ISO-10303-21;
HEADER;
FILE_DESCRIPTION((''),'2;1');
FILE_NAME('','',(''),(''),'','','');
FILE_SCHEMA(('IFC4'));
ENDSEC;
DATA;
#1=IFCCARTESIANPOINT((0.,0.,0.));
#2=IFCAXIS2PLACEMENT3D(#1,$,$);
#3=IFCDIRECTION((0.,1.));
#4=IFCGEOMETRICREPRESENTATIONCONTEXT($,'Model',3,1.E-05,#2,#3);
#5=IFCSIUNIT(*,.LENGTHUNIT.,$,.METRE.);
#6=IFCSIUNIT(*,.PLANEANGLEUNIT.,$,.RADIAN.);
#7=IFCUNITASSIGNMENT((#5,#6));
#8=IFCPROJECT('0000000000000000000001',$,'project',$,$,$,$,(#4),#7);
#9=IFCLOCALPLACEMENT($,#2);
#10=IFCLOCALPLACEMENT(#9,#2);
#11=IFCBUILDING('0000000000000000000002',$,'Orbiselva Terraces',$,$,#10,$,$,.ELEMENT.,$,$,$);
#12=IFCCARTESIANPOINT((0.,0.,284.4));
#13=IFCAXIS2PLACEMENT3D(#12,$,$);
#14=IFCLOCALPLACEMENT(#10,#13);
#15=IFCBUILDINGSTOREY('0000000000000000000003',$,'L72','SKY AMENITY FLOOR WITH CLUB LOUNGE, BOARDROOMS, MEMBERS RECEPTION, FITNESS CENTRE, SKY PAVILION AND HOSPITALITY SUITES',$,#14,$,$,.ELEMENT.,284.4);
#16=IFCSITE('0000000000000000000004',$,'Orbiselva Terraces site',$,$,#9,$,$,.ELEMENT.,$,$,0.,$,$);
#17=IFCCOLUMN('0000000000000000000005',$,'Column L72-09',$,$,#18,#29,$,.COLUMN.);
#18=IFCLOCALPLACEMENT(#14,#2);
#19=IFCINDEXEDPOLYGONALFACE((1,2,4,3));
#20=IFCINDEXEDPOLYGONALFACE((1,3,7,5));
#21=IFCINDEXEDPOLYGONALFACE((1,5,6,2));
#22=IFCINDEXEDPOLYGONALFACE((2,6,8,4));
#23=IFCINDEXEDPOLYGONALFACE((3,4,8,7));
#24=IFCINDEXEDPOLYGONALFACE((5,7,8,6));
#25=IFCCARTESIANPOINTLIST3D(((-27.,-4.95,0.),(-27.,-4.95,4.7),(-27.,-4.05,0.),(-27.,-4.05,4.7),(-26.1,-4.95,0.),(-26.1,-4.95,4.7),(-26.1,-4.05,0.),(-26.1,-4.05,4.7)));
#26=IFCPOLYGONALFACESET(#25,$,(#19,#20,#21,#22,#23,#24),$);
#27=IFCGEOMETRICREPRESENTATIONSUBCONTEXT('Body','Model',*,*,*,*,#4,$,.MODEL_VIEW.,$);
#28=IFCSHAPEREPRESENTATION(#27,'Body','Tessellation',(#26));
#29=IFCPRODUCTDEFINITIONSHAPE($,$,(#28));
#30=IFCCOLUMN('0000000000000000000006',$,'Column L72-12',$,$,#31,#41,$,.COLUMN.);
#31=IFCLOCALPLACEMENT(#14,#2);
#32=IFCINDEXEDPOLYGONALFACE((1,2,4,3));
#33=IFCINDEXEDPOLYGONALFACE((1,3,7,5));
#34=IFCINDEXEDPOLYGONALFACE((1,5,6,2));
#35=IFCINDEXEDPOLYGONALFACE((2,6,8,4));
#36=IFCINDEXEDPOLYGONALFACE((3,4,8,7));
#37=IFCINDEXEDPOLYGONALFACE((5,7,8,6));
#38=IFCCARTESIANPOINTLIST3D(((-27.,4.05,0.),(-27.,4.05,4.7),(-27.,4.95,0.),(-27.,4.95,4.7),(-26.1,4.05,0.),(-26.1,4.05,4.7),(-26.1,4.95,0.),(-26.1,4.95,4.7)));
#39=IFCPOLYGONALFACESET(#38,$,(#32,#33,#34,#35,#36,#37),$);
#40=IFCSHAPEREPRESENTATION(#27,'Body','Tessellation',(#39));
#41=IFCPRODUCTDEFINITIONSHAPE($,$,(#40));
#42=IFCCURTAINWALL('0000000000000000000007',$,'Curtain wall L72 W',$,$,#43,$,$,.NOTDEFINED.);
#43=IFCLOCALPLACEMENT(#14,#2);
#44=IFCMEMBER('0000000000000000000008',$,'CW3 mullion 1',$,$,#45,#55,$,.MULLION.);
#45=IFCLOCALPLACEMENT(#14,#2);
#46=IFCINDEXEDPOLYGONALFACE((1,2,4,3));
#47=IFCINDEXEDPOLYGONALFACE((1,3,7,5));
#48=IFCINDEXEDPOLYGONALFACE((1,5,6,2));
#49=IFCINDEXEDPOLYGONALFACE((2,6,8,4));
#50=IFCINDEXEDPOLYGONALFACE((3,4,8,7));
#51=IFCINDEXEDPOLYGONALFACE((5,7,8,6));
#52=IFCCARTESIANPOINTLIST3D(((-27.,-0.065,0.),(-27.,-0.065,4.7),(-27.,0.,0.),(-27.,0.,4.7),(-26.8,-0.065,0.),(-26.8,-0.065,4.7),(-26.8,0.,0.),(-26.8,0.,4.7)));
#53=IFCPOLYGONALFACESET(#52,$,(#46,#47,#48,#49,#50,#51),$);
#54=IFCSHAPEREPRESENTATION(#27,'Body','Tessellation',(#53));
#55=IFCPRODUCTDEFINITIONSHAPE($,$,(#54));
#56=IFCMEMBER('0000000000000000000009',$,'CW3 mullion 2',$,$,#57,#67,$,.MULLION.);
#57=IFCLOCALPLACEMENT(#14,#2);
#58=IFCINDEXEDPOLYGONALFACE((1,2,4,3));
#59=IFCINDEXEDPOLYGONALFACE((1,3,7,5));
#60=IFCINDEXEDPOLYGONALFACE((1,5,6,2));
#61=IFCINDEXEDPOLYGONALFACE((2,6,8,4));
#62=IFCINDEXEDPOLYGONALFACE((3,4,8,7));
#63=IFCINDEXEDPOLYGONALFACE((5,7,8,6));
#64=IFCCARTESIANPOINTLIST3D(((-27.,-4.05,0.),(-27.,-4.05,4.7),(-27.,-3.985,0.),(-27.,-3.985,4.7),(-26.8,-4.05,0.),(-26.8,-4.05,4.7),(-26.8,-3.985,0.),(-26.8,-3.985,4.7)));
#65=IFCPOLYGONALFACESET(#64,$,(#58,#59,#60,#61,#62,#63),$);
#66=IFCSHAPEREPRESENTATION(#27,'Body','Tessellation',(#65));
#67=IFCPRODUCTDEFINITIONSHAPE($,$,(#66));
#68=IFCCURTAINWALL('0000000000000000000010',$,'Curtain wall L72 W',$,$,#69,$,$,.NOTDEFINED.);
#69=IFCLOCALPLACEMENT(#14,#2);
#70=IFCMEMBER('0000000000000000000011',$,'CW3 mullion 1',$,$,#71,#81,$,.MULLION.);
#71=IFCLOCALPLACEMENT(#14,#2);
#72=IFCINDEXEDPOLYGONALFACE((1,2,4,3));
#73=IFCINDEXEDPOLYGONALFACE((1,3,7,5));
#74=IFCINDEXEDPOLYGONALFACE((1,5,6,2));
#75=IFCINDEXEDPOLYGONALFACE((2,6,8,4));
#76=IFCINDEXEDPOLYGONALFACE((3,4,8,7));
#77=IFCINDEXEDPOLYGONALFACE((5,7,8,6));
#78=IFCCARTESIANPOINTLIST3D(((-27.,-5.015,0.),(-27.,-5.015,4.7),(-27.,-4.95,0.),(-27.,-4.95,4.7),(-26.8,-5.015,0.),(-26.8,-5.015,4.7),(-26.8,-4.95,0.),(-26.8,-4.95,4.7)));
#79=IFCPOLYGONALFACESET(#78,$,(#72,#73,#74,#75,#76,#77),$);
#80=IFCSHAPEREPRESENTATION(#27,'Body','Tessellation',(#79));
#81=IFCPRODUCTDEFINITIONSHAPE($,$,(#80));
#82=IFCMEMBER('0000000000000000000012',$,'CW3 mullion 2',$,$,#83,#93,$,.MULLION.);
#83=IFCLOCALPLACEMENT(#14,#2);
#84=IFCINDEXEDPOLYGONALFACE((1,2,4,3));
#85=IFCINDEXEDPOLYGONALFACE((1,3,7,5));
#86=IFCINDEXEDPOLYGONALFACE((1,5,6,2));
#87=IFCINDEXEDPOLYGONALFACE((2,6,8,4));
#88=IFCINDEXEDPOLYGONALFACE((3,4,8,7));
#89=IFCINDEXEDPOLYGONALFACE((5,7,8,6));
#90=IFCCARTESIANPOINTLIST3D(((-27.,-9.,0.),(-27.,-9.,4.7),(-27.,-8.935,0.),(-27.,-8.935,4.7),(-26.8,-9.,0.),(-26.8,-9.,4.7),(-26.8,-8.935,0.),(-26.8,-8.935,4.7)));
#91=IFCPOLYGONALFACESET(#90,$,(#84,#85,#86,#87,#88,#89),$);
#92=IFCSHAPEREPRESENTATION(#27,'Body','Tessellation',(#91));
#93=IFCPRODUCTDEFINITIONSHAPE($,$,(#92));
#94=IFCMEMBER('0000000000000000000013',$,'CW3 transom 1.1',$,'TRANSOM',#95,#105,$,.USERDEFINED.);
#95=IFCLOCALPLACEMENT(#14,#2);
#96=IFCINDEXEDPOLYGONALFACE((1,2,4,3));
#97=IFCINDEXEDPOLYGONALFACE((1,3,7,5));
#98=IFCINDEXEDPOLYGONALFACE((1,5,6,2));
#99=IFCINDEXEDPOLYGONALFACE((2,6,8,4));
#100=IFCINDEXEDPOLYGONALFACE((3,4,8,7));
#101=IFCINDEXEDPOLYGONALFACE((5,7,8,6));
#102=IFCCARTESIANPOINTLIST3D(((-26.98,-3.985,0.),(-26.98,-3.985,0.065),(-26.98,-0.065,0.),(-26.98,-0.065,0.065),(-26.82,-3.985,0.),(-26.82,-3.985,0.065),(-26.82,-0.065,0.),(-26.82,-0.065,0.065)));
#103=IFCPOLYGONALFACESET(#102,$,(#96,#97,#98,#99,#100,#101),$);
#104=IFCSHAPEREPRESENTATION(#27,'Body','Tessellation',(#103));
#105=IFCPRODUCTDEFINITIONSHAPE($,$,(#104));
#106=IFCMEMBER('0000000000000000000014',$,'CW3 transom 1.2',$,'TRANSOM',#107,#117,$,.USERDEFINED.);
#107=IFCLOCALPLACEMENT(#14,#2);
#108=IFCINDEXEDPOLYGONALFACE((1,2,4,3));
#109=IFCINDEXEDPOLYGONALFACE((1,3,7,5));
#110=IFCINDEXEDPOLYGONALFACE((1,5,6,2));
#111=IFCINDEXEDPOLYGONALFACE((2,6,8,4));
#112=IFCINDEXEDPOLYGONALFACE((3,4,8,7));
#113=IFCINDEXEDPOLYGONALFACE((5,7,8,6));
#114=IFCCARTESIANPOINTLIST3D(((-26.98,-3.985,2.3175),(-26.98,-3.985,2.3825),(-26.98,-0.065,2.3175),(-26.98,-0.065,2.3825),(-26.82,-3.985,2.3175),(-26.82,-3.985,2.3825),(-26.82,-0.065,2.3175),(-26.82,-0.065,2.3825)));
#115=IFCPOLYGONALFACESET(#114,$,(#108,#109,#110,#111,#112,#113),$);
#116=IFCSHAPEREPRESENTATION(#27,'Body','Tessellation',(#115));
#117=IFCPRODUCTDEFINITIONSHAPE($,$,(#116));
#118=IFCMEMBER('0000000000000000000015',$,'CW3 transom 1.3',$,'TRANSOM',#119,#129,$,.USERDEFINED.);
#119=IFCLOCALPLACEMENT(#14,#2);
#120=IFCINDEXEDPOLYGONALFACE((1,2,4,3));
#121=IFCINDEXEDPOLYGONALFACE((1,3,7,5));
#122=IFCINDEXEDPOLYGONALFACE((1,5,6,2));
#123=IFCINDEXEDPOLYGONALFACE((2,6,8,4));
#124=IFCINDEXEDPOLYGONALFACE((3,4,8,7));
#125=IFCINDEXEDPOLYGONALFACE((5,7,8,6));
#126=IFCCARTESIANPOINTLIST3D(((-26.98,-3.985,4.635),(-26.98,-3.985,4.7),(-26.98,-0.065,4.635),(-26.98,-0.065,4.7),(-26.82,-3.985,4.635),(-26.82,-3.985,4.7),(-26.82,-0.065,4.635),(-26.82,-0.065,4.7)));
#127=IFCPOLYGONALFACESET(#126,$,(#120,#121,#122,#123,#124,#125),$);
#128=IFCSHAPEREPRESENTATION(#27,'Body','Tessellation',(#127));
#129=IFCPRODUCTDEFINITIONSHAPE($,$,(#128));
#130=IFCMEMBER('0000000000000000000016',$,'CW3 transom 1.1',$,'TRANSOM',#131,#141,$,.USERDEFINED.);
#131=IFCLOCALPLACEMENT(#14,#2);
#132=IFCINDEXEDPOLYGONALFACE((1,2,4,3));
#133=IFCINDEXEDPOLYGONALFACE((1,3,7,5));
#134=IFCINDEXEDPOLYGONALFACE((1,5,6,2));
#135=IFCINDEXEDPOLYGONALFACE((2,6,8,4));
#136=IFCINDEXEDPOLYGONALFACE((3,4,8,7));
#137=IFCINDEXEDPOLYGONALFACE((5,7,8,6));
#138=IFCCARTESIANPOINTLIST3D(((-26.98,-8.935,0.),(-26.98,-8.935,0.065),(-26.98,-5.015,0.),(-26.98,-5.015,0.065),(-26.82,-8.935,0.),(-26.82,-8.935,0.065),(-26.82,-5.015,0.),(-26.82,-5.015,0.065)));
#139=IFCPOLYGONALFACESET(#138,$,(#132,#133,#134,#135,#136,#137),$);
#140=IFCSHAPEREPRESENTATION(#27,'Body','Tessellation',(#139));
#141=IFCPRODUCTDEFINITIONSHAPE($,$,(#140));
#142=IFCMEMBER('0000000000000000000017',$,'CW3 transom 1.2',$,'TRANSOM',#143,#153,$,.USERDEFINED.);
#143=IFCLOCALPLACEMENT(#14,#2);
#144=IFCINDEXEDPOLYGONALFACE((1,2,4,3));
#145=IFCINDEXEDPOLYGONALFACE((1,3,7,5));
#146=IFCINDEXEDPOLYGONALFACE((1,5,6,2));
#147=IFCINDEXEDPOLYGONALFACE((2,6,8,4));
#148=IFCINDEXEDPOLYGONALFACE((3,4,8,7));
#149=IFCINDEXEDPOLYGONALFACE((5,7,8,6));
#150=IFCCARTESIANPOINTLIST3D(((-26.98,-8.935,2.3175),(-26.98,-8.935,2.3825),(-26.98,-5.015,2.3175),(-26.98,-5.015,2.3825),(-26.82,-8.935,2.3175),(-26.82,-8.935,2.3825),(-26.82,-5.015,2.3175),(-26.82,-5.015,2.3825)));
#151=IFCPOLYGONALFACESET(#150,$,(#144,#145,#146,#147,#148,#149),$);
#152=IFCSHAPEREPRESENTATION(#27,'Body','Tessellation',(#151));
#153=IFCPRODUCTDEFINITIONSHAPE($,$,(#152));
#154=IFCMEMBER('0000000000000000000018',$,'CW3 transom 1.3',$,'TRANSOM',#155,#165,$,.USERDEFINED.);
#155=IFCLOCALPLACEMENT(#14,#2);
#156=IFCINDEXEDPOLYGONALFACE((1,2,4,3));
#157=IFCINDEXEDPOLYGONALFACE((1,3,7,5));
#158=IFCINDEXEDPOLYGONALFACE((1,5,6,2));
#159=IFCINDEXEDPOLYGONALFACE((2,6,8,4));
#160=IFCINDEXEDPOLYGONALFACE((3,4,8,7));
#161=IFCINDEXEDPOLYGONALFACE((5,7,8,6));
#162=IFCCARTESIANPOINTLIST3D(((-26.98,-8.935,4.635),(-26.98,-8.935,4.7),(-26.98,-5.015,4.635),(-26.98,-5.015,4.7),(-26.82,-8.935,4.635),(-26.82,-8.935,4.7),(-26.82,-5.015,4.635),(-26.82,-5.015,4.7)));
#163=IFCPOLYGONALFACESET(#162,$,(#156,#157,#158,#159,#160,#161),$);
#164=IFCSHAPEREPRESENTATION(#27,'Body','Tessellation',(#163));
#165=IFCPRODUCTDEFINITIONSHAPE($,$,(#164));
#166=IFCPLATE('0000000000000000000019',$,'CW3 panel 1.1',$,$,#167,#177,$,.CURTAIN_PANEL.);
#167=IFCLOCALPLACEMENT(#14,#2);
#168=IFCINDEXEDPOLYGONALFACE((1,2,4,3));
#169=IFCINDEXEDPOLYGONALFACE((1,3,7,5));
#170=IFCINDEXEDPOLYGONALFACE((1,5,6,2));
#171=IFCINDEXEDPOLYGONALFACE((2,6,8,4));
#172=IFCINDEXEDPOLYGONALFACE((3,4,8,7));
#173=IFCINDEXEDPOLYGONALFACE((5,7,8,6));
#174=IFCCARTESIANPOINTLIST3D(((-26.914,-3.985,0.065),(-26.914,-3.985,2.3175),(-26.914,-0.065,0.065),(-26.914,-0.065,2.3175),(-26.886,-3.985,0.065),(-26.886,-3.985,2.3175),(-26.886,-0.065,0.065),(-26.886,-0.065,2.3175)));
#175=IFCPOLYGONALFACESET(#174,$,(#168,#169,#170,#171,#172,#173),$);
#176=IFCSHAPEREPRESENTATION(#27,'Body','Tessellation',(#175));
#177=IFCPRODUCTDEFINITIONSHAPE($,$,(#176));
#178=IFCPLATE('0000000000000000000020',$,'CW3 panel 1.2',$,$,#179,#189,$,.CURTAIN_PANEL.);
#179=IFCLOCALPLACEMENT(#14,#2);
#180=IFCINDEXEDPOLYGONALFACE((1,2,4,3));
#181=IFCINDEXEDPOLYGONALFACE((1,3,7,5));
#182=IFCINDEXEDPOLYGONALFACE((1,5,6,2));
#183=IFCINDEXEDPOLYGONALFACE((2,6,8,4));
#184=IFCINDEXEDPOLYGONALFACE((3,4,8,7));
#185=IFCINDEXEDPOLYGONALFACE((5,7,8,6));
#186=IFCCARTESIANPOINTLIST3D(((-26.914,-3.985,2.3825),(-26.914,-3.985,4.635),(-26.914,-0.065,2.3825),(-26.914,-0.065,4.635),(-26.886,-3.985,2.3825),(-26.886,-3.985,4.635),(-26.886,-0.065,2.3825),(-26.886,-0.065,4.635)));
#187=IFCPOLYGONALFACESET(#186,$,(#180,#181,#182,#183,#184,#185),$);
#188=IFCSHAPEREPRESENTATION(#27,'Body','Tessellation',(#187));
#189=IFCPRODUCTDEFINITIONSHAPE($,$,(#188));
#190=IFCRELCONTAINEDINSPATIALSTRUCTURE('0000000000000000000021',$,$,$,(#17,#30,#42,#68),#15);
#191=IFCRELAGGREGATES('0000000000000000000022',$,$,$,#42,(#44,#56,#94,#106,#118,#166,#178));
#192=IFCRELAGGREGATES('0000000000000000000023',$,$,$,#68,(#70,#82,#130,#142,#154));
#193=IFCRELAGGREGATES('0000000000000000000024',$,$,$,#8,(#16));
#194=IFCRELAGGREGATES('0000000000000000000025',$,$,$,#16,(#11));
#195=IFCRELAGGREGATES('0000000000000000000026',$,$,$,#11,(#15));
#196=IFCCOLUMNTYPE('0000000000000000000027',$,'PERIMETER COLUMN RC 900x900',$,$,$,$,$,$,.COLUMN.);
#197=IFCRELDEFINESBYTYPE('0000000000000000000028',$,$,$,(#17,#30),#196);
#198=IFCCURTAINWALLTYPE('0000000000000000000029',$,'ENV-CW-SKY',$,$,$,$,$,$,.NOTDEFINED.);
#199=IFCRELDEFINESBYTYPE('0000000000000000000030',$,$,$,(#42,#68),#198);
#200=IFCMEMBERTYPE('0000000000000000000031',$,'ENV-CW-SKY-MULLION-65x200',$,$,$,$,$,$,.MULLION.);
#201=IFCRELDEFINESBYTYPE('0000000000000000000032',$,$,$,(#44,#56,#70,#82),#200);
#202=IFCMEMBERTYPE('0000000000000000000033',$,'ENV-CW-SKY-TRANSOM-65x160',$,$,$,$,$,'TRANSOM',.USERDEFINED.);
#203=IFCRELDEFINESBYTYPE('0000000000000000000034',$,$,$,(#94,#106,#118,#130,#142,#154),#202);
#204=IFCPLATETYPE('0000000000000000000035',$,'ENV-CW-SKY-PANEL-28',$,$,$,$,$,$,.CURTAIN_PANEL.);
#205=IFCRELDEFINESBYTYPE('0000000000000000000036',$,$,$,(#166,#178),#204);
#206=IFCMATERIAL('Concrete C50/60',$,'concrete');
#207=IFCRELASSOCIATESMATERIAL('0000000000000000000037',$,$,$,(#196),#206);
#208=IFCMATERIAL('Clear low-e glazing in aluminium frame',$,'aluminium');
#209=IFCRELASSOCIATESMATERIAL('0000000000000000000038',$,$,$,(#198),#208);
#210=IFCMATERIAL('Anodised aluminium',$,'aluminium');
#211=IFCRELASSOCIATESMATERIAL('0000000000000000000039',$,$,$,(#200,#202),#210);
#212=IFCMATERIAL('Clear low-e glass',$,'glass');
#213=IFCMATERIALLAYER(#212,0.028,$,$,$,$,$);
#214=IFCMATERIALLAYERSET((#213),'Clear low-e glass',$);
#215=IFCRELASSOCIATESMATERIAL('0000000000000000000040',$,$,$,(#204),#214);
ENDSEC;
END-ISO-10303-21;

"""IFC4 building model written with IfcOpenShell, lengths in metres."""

from ifc_helpers import new_model, si_unit, direction, frame, origin, origin_2d, place, context, subcontext, project, spatial, rectangle, extrude, material, layer, layer_set, material_profile, profile_set, type_object, element, aggregate, save


model = new_model("IFC4")

# Units and contexts
model_context = context("Model", 3, precision=1e-05, world=origin(), true_north=direction((0.0, 1.0)))
body_context = subcontext(model_context, "Body", "Model", "MODEL_VIEW")
ifc_project = project(units=[si_unit("LENGTHUNIT", "METRE"), si_unit("PLANEANGLEUNIT", "RADIAN")], contexts=[model_context])

# Site, building, storey
site_placement = place(None, origin())
site = spatial("IfcSite", under=ifc_project, at=site_placement, Name="Orbiselva Terraces site", CompositionType="ELEMENT", RefElevation=0.0)
building_placement = place(site_placement, origin())
building = spatial("IfcBuilding", under=site, at=building_placement, Name="Orbiselva Terraces", CompositionType="ELEMENT")
storey_placement = place(building_placement, frame((0.0, 0.0, 284.4)))
storey = spatial("IfcBuildingStorey", under=building, at=storey_placement, Name="L72", Description="SKY AMENITY FLOOR WITH CLUB LOUNGE, BOARDROOMS, MEMBERS RECEPTION, FITNESS CENTRE, SKY PAVILION AND HOSPITALITY SUITES", CompositionType="ELEMENT", Elevation=284.4)

# Columns
ifc_material_1 = material(Name="Concrete C50/60", Category="concrete")
ifc_material_profile_1 = material_profile(ifc_material_1, rectangle(XDim=0.9, YDim=0.9, at=origin_2d()), Name="RC 900x900")
ifc_profile_set_1 = profile_set([ifc_material_profile_1], Name="Concrete C50/60")
column_type = type_object("IfcColumnType", Name="PERIMETER COLUMN RC 900x900", PredefinedType="COLUMN", material=ifc_profile_set_1)
for number, where, z_axis, x_axis, name in (
    (1, (-26.55, -4.5, 0.0), (0.0, 0.0, 1.0), (1.0, 0.0, 0.0), "Column L72-09"),
    (2, (-26.55, 4.5, 0.0), (0.0, 0.0, 1.0), (1.0, 0.0, 0.0), "Column L72-12"),
):
    element("IfcColumn", number, at=place(storey_placement, frame(where, z_axis=z_axis, x_axis=x_axis)), inside=storey, type_object=column_type, Name=name, PredefinedType="COLUMN", context=body_context, shape_type="SweptSolid", body=[
        extrude(rectangle(XDim=0.9, YDim=0.9, at=origin_2d()), origin(), (0.0, 0.0, 1.0), 4.7),
    ])

# Curtain walls, members
ifc_material_2 = material(Name="Clear low-e glazing in aluminium frame", Category="aluminium")
curtain_wall_type = type_object("IfcCurtainWallType", Name="ENV-CW-SKY", PredefinedType="NOTDEFINED", material=ifc_material_2)
curtain_wall_1_placement = place(storey_placement, origin())
curtain_wall_1 = element("IfcCurtainWall", 3, at=curtain_wall_1_placement, inside=storey, type_object=curtain_wall_type, Name="Curtain wall L72 W", PredefinedType="NOTDEFINED")
ifc_material_3 = material(Name="Anodised aluminium", Category="aluminium")
ifc_material_profile_2 = material_profile(ifc_material_3, rectangle(XDim=0.2, YDim=0.065, at=origin_2d()), Name="AL 65x200")
ifc_profile_set_2 = profile_set([ifc_material_profile_2], Name="Anodised aluminium")
member_type_1 = type_object("IfcMemberType", Name="ENV-CW-SKY-MULLION-65x200", PredefinedType="MULLION", material=ifc_profile_set_2)
member_1_placement = place(storey_placement, frame((-26.9, -0.0325, 0.0), z_axis=(0.0, 0.0, 1.0), x_axis=(1.0, 0.0, 0.0)))
member_1 = element("IfcMember", 4, at=member_1_placement, type_object=member_type_1, Name="CW3 mullion 1", PredefinedType="MULLION", context=body_context, shape_type="SweptSolid", body=[
    extrude(rectangle(XDim=0.2, YDim=0.065, at=origin_2d()), origin(), (0.0, 0.0, 1.0), 4.7),
])
member_2_placement = place(storey_placement, frame((-26.9, -4.0175, 0.0), z_axis=(0.0, 0.0, 1.0), x_axis=(1.0, 0.0, 0.0)))
member_2 = element("IfcMember", 5, at=member_2_placement, type_object=member_type_1, Name="CW3 mullion 2", PredefinedType="MULLION", context=body_context, shape_type="SweptSolid", body=[
    extrude(rectangle(XDim=0.2, YDim=0.065, at=origin_2d()), origin(), (0.0, 0.0, 1.0), 4.7),
])
curtain_wall_2_placement = place(storey_placement, origin())
curtain_wall_2 = element("IfcCurtainWall", 6, at=curtain_wall_2_placement, inside=storey, type_object=curtain_wall_type, Name="Curtain wall L72 W", PredefinedType="NOTDEFINED")
member_3_placement = place(storey_placement, frame((-26.9, -4.9825, 0.0), z_axis=(0.0, 0.0, 1.0), x_axis=(1.0, 0.0, 0.0)))
member_3 = element("IfcMember", 7, at=member_3_placement, type_object=member_type_1, Name="CW3 mullion 1", PredefinedType="MULLION", context=body_context, shape_type="SweptSolid", body=[
    extrude(rectangle(XDim=0.2, YDim=0.065, at=origin_2d()), origin(), (0.0, 0.0, 1.0), 4.7),
])
member_4_placement = place(storey_placement, frame((-26.9, -8.9675, 0.0), z_axis=(0.0, 0.0, 1.0), x_axis=(1.0, 0.0, 0.0)))
member_4 = element("IfcMember", 8, at=member_4_placement, type_object=member_type_1, Name="CW3 mullion 2", PredefinedType="MULLION", context=body_context, shape_type="SweptSolid", body=[
    extrude(rectangle(XDim=0.2, YDim=0.065, at=origin_2d()), origin(), (0.0, 0.0, 1.0), 4.7),
])

# Members
ifc_material_profile_3 = material_profile(ifc_material_3, rectangle(XDim=0.16, YDim=0.065, at=origin_2d()), Name="AL 65x160")
ifc_profile_set_3 = profile_set([ifc_material_profile_3], Name="Anodised aluminium")
member_type_2 = type_object("IfcMemberType", Name="ENV-CW-SKY-TRANSOM-65x160", ElementType="TRANSOM", PredefinedType="USERDEFINED", material=ifc_profile_set_3)
member_5_placement = place(storey_placement, frame((-26.9, -0.065, 0.0325), z_axis=(0.0, -1.0, 0.0), x_axis=(1.0, 0.0, 0.0)))
member_5 = element("IfcMember", 9, at=member_5_placement, type_object=member_type_2, Name="CW3 transom 1.1", ObjectType="TRANSOM", PredefinedType="USERDEFINED", context=body_context, shape_type="SweptSolid", body=[
    extrude(rectangle(XDim=0.16, YDim=0.065, at=origin_2d()), origin(), (0.0, 0.0, 1.0), 3.92),
])
member_6_placement = place(storey_placement, frame((-26.9, -0.065, 2.35), z_axis=(0.0, -1.0, 0.0), x_axis=(1.0, 0.0, 0.0)))
member_6 = element("IfcMember", 10, at=member_6_placement, type_object=member_type_2, Name="CW3 transom 1.2", ObjectType="TRANSOM", PredefinedType="USERDEFINED", context=body_context, shape_type="SweptSolid", body=[
    extrude(rectangle(XDim=0.16, YDim=0.065, at=origin_2d()), origin(), (0.0, 0.0, 1.0), 3.92),
])
member_7_placement = place(storey_placement, frame((-26.9, -0.065, 4.6675), z_axis=(0.0, -1.0, 0.0), x_axis=(1.0, 0.0, 0.0)))
member_7 = element("IfcMember", 11, at=member_7_placement, type_object=member_type_2, Name="CW3 transom 1.3", ObjectType="TRANSOM", PredefinedType="USERDEFINED", context=body_context, shape_type="SweptSolid", body=[
    extrude(rectangle(XDim=0.16, YDim=0.065, at=origin_2d()), origin(), (0.0, 0.0, 1.0), 3.92),
])
member_8_placement = place(storey_placement, frame((-26.9, -5.015, 0.0325), z_axis=(0.0, -1.0, 0.0), x_axis=(1.0, 0.0, 0.0)))
member_8 = element("IfcMember", 12, at=member_8_placement, type_object=member_type_2, Name="CW3 transom 1.1", ObjectType="TRANSOM", PredefinedType="USERDEFINED", context=body_context, shape_type="SweptSolid", body=[
    extrude(rectangle(XDim=0.16, YDim=0.065, at=origin_2d()), origin(), (0.0, 0.0, 1.0), 3.92),
])
member_9_placement = place(storey_placement, frame((-26.9, -5.015, 2.35), z_axis=(0.0, -1.0, 0.0), x_axis=(1.0, 0.0, 0.0)))
member_9 = element("IfcMember", 13, at=member_9_placement, type_object=member_type_2, Name="CW3 transom 1.2", ObjectType="TRANSOM", PredefinedType="USERDEFINED", context=body_context, shape_type="SweptSolid", body=[
    extrude(rectangle(XDim=0.16, YDim=0.065, at=origin_2d()), origin(), (0.0, 0.0, 1.0), 3.92),
])
member_10_placement = place(storey_placement, frame((-26.9, -5.015, 4.6675), z_axis=(0.0, -1.0, 0.0), x_axis=(1.0, 0.0, 0.0)))
member_10 = element("IfcMember", 14, at=member_10_placement, type_object=member_type_2, Name="CW3 transom 1.3", ObjectType="TRANSOM", PredefinedType="USERDEFINED", context=body_context, shape_type="SweptSolid", body=[
    extrude(rectangle(XDim=0.16, YDim=0.065, at=origin_2d()), origin(), (0.0, 0.0, 1.0), 3.92),
])

# Plates
ifc_material_4 = material(Name="Clear low-e glass", Category="glass")
ifc_layer_1 = layer(ifc_material_4, 0.028)
ifc_layer_set_1 = layer_set([ifc_layer_1], Name="Clear low-e glass")
plate_type = type_object("IfcPlateType", Name="ENV-CW-SKY-PANEL-28", PredefinedType="CURTAIN_PANEL", material=ifc_layer_set_1)
plate_1_placement = place(storey_placement, frame((-26.9, -2.025, 0.065), z_axis=(0.0, 0.0, 1.0), x_axis=(0.0, -1.0, 0.0)))
plate_1 = element("IfcPlate", 15, at=plate_1_placement, type_object=plate_type, Name="CW3 panel 1.1", PredefinedType="CURTAIN_PANEL", context=body_context, shape_type="SweptSolid", body=[
    extrude(rectangle(XDim=3.92, YDim=0.028, at=origin_2d()), origin(), (0.0, 0.0, 1.0), 2.2525),
])
plate_2_placement = place(storey_placement, frame((-26.9, -2.025, 2.3825), z_axis=(0.0, 0.0, 1.0), x_axis=(0.0, -1.0, 0.0)))
plate_2 = element("IfcPlate", 16, at=plate_2_placement, type_object=plate_type, Name="CW3 panel 1.2", PredefinedType="CURTAIN_PANEL", context=body_context, shape_type="SweptSolid", body=[
    extrude(rectangle(XDim=3.92, YDim=0.028, at=origin_2d()), origin(), (0.0, 0.0, 1.0), 2.2525),
])
aggregate(curtain_wall_1, [member_1, member_2, member_5, member_6, member_7, plate_1, plate_2])
aggregate(curtain_wall_2, [member_3, member_4, member_8, member_9, member_10])

save(model, "model.ifc")
